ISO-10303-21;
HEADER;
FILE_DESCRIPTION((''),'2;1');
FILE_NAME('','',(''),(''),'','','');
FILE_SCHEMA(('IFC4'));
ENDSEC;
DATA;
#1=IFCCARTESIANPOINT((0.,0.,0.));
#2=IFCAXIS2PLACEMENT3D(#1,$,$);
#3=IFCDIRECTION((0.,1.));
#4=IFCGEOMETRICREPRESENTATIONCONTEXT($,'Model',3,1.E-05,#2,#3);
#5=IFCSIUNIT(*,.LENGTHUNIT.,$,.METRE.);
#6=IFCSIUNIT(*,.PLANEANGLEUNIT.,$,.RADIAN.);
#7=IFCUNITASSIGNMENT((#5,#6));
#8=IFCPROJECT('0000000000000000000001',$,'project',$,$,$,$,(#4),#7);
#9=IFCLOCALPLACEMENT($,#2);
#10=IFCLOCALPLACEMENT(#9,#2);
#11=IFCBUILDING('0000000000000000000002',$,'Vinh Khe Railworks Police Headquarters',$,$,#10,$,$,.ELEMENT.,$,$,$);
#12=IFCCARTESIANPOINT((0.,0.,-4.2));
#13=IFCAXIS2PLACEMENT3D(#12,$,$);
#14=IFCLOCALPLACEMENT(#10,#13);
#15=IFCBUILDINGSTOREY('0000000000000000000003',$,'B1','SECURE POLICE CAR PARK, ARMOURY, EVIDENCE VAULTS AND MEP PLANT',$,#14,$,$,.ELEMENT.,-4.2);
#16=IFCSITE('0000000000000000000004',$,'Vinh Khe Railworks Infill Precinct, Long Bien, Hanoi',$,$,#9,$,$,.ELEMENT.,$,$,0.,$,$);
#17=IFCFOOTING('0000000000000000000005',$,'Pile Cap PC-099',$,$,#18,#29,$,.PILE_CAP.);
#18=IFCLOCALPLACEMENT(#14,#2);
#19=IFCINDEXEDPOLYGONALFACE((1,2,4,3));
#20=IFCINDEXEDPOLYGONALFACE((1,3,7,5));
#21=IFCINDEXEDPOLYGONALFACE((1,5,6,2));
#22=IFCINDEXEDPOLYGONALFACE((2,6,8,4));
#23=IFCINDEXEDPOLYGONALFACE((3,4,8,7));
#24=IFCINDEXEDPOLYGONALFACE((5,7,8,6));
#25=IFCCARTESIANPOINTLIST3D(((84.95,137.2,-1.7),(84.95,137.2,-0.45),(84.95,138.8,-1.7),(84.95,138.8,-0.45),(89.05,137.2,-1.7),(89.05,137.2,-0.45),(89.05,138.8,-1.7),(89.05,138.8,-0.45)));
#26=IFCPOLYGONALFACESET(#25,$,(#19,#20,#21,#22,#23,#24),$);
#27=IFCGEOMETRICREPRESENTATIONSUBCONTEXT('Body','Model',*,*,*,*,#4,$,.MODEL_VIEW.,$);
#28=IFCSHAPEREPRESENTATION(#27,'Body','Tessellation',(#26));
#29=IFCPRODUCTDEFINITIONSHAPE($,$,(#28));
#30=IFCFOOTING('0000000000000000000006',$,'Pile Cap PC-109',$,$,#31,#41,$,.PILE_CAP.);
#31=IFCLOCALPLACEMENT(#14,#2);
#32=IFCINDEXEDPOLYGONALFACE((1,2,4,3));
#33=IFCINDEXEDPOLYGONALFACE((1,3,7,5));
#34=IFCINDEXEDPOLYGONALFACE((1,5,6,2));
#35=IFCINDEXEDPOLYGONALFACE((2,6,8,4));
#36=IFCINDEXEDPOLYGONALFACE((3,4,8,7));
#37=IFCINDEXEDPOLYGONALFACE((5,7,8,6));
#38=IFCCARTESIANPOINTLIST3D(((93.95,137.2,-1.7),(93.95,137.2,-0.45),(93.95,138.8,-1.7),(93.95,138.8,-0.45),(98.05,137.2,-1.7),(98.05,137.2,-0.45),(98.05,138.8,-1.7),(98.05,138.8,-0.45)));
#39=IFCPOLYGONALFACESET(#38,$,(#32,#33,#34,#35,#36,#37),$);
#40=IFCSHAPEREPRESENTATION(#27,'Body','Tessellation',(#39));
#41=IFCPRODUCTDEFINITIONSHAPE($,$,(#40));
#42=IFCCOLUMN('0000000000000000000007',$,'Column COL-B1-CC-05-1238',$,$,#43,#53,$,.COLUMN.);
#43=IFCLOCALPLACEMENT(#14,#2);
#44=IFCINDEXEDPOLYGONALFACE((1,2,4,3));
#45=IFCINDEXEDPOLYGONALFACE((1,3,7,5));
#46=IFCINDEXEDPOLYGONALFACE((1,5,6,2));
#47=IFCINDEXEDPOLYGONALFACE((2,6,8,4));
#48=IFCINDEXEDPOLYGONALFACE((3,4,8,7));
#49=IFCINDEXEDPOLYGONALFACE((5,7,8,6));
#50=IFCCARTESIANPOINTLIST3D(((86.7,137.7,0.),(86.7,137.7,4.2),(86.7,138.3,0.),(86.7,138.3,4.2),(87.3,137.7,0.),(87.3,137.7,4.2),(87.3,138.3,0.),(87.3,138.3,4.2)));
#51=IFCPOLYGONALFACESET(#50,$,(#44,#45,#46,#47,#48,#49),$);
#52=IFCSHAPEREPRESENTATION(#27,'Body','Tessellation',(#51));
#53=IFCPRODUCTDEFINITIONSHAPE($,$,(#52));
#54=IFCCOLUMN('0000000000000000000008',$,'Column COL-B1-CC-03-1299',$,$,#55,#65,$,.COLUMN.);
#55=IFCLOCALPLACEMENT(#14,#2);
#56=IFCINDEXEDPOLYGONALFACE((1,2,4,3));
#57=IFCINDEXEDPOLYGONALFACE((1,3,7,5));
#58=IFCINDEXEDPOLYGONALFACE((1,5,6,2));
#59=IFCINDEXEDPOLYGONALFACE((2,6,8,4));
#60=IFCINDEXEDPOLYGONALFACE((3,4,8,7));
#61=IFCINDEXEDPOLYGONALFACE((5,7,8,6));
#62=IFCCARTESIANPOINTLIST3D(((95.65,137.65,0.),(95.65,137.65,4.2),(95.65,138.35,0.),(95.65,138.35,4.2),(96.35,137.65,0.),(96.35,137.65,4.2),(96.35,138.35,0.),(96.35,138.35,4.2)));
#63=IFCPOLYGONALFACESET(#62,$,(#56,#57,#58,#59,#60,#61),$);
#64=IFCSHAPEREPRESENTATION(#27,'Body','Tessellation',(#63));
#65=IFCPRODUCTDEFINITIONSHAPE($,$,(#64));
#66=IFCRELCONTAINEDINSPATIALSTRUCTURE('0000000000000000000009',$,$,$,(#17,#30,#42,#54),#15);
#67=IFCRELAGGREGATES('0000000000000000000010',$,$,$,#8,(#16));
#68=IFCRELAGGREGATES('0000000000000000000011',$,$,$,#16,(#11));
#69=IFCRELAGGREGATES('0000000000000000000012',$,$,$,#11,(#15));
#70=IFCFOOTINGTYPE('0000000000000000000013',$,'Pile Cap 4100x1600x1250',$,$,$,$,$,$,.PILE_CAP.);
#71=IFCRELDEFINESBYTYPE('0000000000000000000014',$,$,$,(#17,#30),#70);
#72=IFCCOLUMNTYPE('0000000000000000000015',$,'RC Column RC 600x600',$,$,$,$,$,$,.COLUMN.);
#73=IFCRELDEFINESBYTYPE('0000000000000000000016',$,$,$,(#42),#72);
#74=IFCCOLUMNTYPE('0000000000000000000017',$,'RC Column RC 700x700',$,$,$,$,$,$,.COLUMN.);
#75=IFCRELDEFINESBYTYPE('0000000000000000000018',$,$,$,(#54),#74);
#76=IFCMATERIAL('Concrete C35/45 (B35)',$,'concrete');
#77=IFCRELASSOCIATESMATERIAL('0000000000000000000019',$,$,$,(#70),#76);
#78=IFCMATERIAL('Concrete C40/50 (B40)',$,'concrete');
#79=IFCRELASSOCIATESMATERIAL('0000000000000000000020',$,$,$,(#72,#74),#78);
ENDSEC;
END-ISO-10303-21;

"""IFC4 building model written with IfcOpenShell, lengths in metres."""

from ifc_helpers import new_model, si_unit, direction, frame, origin, origin_2d, place, context, subcontext, project, spatial, rectangle, extrude, material, material_profile, profile_set, type_object, element, save


model = new_model("IFC4")

# Units and contexts
model_context = context("Model", 3, precision=1e-05, world=origin(), true_north=direction((0.0, 1.0)))
body_context = subcontext(model_context, "Body", "Model", "MODEL_VIEW")
ifc_project = project(units=[si_unit("LENGTHUNIT", "METRE"), si_unit("PLANEANGLEUNIT", "RADIAN")], contexts=[model_context])

# Site, building, storey
site_placement = place(None, origin())
site = spatial("IfcSite", under=ifc_project, at=site_placement, Name="Vinh Khe Railworks Infill Precinct, Long Bien, Hanoi", CompositionType="ELEMENT", RefElevation=0.0)
building_placement = place(site_placement, origin())
building = spatial("IfcBuilding", under=site, at=building_placement, Name="Vinh Khe Railworks Police Headquarters", CompositionType="ELEMENT")
storey_placement = place(building_placement, frame((0.0, 0.0, -4.2)))
storey = spatial("IfcBuildingStorey", under=building, at=storey_placement, Name="B1", Description="SECURE POLICE CAR PARK, ARMOURY, EVIDENCE VAULTS AND MEP PLANT", CompositionType="ELEMENT", Elevation=-4.2)

# Shared definitions
ifc_material_1 = material(Name="Concrete C35/45 (B35)", Category="concrete")

# Footings
footing_type_1 = type_object("IfcFootingType", Name="Pile Cap 4100x1600x1250", PredefinedType="PILE_CAP", material=ifc_material_1)
for number, where, z_axis, x_axis, name in (
    (1, (87.0, 138.0, -1.7), (0.0, 0.0, 1.0), (1.0, 0.0, 0.0), "Pile Cap PC-099"),
    (2, (96.0, 138.0, -1.7), (0.0, 0.0, 1.0), (1.0, 0.0, 0.0), "Pile Cap PC-109"),
):
    element("IfcFooting", number, at=place(storey_placement, frame(where, z_axis=z_axis, x_axis=x_axis)), inside=storey, type_object=footing_type_1, Name=name, PredefinedType="PILE_CAP", context=body_context, shape_type="SweptSolid", body=[
        extrude(rectangle(XDim=4.1001, YDim=1.6001, at=origin_2d()), origin(), (0.0, 0.0, 1.0), 1.25),
    ])

# Columns
ifc_material_2 = material(Name="Concrete C40/50 (B40)", Category="concrete")
ifc_material_profile_1 = material_profile(ifc_material_2, rectangle(XDim=0.6001, YDim=0.6001, at=origin_2d()), Name="RC 600x600")
ifc_profile_set_1 = profile_set([ifc_material_profile_1], Name="Concrete C40/50 (B40)")
column_type_1 = type_object("IfcColumnType", Name="RC Column RC 600x600", PredefinedType="COLUMN", material=ifc_profile_set_1)
column_1_placement = place(storey_placement, frame((87.0, 138.0, 0.0), z_axis=(0.0, 0.0, 1.0), x_axis=(1.0, 0.0, 0.0)))
element("IfcColumn", 3, at=column_1_placement, inside=storey, type_object=column_type_1, Name="Column COL-B1-CC-05-1238", PredefinedType="COLUMN", context=body_context, shape_type="SweptSolid", body=[
    extrude(rectangle(XDim=0.6001, YDim=0.6001, at=origin_2d()), origin(), (0.0, 0.0, 1.0), 4.2),
])
ifc_material_profile_2 = material_profile(ifc_material_2, rectangle(XDim=0.7, YDim=0.7, at=origin_2d()), Name="RC 700x700")
ifc_profile_set_2 = profile_set([ifc_material_profile_2], Name="Concrete C40/50 (B40)")
column_type_2 = type_object("IfcColumnType", Name="RC Column RC 700x700", PredefinedType="COLUMN", material=ifc_profile_set_2)
column_2_placement = place(storey_placement, frame((96.0, 138.0, 0.0), z_axis=(0.0, 0.0, 1.0), x_axis=(1.0, 0.0, 0.0)))
element("IfcColumn", 4, at=column_2_placement, inside=storey, type_object=column_type_2, Name="Column COL-B1-CC-03-1299", PredefinedType="COLUMN", context=body_context, shape_type="SweptSolid", body=[
    extrude(rectangle(XDim=0.7, YDim=0.7, at=origin_2d()), origin(), (0.0, 0.0, 1.0), 4.2),
])

save(model, "model.ifc")
